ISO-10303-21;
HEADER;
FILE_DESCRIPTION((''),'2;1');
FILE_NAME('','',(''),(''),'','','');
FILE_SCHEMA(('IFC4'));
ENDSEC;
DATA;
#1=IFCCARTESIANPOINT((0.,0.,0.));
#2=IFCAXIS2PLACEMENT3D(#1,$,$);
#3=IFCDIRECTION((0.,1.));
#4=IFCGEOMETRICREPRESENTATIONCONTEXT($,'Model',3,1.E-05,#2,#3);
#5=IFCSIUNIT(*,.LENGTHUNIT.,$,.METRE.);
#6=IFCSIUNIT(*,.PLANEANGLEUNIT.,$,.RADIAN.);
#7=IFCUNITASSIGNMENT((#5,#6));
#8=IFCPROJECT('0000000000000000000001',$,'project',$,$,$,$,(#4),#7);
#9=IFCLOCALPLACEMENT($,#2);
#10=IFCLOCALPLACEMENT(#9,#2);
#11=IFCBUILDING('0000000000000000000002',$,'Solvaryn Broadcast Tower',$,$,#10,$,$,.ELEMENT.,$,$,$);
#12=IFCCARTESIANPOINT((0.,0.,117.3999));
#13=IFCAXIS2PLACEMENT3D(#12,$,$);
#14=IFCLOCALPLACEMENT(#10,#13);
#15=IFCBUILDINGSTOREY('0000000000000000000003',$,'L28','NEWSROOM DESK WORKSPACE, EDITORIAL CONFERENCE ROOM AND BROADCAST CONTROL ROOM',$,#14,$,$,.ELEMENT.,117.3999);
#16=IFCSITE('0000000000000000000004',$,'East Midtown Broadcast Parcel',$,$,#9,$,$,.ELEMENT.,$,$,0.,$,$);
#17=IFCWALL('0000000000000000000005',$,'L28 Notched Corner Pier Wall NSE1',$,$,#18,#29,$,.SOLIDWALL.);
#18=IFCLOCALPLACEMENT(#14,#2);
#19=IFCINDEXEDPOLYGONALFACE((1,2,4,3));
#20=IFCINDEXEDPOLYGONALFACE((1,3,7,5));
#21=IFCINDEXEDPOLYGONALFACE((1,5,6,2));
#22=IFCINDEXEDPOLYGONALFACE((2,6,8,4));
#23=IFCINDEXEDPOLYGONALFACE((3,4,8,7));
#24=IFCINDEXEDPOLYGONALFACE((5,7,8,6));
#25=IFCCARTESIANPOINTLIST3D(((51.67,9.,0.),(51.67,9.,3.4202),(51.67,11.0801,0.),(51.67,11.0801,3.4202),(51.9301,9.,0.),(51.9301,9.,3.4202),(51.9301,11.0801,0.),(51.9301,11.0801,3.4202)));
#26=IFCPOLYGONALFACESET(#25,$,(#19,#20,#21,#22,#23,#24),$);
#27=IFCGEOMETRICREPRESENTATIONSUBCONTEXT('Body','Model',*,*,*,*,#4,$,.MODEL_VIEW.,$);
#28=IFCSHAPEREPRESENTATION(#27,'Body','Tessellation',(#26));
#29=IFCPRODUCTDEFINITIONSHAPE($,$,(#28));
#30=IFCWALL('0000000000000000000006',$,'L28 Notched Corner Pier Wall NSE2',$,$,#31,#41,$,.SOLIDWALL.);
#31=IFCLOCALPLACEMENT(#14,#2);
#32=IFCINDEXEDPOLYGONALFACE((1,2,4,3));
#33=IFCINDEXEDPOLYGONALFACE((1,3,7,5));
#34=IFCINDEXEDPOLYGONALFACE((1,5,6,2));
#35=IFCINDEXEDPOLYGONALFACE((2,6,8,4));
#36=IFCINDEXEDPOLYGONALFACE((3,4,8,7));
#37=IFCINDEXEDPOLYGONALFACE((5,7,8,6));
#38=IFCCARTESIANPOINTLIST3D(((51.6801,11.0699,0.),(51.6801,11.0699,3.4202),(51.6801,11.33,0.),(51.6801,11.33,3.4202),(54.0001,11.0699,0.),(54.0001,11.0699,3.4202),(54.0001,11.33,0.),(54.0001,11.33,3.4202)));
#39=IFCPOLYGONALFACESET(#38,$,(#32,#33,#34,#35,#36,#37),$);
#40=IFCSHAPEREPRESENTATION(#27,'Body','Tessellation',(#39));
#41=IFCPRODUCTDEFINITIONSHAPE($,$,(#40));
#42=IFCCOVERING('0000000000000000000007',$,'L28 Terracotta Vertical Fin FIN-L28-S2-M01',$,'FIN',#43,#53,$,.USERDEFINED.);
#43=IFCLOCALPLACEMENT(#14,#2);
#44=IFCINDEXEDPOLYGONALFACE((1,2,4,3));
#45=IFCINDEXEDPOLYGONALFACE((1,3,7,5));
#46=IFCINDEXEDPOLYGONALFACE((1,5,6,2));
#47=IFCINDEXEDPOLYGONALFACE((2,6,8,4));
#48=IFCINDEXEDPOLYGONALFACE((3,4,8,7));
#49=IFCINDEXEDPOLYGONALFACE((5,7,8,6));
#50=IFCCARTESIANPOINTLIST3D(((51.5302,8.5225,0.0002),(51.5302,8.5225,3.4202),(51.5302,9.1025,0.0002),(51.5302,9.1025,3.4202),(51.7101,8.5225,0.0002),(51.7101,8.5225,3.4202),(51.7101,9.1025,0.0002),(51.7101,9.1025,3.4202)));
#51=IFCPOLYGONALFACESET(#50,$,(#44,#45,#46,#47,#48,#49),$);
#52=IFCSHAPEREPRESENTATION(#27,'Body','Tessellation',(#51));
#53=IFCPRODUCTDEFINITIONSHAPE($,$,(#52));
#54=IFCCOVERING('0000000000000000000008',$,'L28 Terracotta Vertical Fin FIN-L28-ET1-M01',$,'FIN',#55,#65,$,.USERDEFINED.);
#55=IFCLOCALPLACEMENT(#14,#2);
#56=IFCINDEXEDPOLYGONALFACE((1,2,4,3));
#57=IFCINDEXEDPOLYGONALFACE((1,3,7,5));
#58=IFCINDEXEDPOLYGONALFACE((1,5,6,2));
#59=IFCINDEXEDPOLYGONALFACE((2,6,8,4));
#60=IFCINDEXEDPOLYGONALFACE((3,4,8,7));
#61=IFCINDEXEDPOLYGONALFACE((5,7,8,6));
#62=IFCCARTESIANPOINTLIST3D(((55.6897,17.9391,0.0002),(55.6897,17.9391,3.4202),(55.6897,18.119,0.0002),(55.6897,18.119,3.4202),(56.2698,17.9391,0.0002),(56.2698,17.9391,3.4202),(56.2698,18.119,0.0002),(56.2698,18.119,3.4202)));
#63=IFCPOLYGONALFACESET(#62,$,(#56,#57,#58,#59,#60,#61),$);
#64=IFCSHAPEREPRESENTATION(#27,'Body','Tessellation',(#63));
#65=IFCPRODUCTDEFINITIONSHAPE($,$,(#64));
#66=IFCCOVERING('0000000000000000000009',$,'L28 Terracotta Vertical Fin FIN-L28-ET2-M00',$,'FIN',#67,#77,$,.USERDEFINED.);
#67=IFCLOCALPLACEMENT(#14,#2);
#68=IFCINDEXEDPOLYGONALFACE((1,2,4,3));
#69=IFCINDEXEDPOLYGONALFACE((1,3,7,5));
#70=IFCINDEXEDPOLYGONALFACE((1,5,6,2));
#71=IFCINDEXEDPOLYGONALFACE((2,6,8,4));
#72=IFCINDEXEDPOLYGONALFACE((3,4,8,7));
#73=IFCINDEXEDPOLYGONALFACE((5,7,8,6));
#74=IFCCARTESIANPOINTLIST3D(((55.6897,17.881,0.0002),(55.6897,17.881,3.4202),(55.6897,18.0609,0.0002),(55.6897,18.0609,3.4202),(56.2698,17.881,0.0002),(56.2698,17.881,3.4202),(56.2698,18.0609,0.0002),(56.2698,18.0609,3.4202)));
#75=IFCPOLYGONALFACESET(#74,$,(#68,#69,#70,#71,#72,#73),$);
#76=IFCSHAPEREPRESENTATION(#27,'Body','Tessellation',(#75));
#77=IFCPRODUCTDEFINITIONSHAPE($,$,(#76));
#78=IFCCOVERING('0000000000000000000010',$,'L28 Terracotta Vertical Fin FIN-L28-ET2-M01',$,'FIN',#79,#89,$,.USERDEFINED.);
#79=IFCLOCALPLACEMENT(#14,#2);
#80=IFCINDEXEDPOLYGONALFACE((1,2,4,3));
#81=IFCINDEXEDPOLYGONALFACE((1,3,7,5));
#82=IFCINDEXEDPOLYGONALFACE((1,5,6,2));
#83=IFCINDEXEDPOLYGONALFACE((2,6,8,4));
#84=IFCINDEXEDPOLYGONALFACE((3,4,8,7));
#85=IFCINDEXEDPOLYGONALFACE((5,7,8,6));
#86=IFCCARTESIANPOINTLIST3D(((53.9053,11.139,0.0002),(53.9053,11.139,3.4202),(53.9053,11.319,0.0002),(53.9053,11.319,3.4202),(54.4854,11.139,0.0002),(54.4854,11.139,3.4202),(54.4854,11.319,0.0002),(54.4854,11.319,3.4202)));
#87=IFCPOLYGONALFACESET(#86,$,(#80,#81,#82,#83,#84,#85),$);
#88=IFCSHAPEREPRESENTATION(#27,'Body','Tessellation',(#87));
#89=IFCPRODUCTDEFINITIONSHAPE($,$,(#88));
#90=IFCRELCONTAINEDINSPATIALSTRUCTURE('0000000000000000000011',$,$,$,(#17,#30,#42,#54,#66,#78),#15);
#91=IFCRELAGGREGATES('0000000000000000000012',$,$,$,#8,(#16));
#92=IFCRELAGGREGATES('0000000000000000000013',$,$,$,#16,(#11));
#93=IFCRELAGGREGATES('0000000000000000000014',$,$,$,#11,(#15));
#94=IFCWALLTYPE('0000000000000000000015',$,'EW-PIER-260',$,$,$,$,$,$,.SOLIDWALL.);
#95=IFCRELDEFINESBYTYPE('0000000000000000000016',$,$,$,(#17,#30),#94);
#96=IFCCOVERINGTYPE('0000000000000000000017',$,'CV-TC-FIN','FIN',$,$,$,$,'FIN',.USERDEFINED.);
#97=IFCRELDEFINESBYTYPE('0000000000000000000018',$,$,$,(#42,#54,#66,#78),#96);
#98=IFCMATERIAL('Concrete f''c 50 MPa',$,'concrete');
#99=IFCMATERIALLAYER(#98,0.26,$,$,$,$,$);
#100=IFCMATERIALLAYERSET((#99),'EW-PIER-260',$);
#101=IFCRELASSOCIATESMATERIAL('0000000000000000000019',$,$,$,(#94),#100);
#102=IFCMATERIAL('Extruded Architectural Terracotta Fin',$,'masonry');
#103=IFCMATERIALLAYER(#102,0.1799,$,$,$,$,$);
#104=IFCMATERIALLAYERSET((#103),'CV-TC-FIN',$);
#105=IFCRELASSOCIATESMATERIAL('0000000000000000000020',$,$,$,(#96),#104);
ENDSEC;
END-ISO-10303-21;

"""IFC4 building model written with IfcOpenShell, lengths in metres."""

from ifc_helpers import new_model, si_unit, direction, frame, frame_2d, origin, origin_2d, place, context, subcontext, project, spatial, rectangle, extrude, material, layer, layer_set, type_object, element, save


model = new_model("IFC4")

# Units and contexts
model_context = context("Model", 3, precision=1e-05, world=origin(), true_north=direction((0.0, 1.0)))
body_context = subcontext(model_context, "Body", "Model", "MODEL_VIEW")
ifc_project = project(units=[si_unit("LENGTHUNIT", "METRE"), si_unit("PLANEANGLEUNIT", "RADIAN")], contexts=[model_context])

# Site, building, storey
site_placement = place(None, origin())
site = spatial("IfcSite", under=ifc_project, at=site_placement, Name="East Midtown Broadcast Parcel", CompositionType="ELEMENT", RefElevation=0.0)
building_placement = place(site_placement, origin())
building = spatial("IfcBuilding", under=site, at=building_placement, Name="Solvaryn Broadcast Tower", CompositionType="ELEMENT")
storey_placement = place(building_placement, frame((0.0, 0.0, 117.3999)))
storey = spatial("IfcBuildingStorey", under=building, at=storey_placement, Name="L28", Description="NEWSROOM DESK WORKSPACE, EDITORIAL CONFERENCE ROOM AND BROADCAST CONTROL ROOM", CompositionType="ELEMENT", Elevation=117.3999)

# Walls
ifc_material_1 = material(Name="Concrete f'c 50 MPa", Category="concrete")
ifc_layer_1 = layer(ifc_material_1, 0.26)
ifc_layer_set_1 = layer_set([ifc_layer_1], Name="EW-PIER-260")
wall_type = type_object("IfcWallType", Name="EW-PIER-260", PredefinedType="SOLIDWALL", material=ifc_layer_set_1)
wall_1_placement = place(storey_placement, frame((51.8, 9.0, 0.0), z_axis=(0.0, 0.0, 1.0), x_axis=(0.0, 1.0, 0.0)))
element("IfcWall", 1, at=wall_1_placement, inside=storey, type_object=wall_type, Name="L28 Notched Corner Pier Wall NSE1", PredefinedType="SOLIDWALL", context=body_context, shape_type="SweptSolid", body=[
    extrude(rectangle(XDim=2.0801, YDim=0.26, at=frame_2d((1.04, 0.0))), origin(), (0.0, 0.0, 1.0), 3.4202),
])
wall_2_placement = place(storey_placement, frame((51.6799, 11.2, 0.0), z_axis=(0.0, 0.0, 1.0), x_axis=(1.0, 0.0, 0.0)))
element("IfcWall", 2, at=wall_2_placement, inside=storey, type_object=wall_type, Name="L28 Notched Corner Pier Wall NSE2", PredefinedType="SOLIDWALL", context=body_context, shape_type="SweptSolid", body=[
    extrude(rectangle(XDim=2.3201, YDim=0.26, at=frame_2d((1.1602, 0.0))), origin(), (0.0, 0.0, 1.0), 3.4202),
])

# Coverings
ifc_material_2 = material(Name="Extruded Architectural Terracotta Fin", Category="masonry")
ifc_layer_2 = layer(ifc_material_2, 0.1799)
ifc_layer_set_2 = layer_set([ifc_layer_2], Name="CV-TC-FIN")
covering_type = type_object("IfcCoveringType", Name="CV-TC-FIN", Description="FIN", ElementType="FIN", PredefinedType="USERDEFINED", material=ifc_layer_set_2)
covering_placement = place(storey_placement, frame((51.6201, 8.8125, 0.0002), z_axis=(0.0, 0.0, 1.0), x_axis=(1.0, 0.0, 0.0)))
element("IfcCovering", 3, at=covering_placement, inside=storey, type_object=covering_type, Name="L28 Terracotta Vertical Fin FIN-L28-S2-M01", ObjectType="FIN", PredefinedType="USERDEFINED", context=body_context, shape_type="SweptSolid", body=[
    extrude(rectangle(XDim=0.1799, YDim=0.5801, at=origin_2d()), origin(), (0.0, 0.0, 1.0), 3.4199),
])
for number, where, z_axis, x_axis, name in (
    (4, (55.9797, 18.0291, 0.0002), (0.0, 0.0, 1.0), (1.0, 0.0, 0.0), "L28 Terracotta Vertical Fin FIN-L28-ET1-M01"),
    (5, (55.9797, 17.9709, 0.0002), (0.0, 0.0, 1.0), (1.0, 0.0, 0.0), "L28 Terracotta Vertical Fin FIN-L28-ET2-M00"),
    (6, (54.1953, 11.229, 0.0002), (0.0, 0.0, 1.0), (1.0, 0.0, 0.0), "L28 Terracotta Vertical Fin FIN-L28-ET2-M01"),
):
    element("IfcCovering", number, at=place(storey_placement, frame(where, z_axis=z_axis, x_axis=x_axis)), inside=storey, type_object=covering_type, Name=name, ObjectType="FIN", PredefinedType="USERDEFINED", context=body_context, shape_type="SweptSolid", body=[
        extrude(rectangle(XDim=0.5801, YDim=0.1799, at=origin_2d()), origin(), (0.0, 0.0, 1.0), 3.4199),
    ])

save(model, "model.ifc")
